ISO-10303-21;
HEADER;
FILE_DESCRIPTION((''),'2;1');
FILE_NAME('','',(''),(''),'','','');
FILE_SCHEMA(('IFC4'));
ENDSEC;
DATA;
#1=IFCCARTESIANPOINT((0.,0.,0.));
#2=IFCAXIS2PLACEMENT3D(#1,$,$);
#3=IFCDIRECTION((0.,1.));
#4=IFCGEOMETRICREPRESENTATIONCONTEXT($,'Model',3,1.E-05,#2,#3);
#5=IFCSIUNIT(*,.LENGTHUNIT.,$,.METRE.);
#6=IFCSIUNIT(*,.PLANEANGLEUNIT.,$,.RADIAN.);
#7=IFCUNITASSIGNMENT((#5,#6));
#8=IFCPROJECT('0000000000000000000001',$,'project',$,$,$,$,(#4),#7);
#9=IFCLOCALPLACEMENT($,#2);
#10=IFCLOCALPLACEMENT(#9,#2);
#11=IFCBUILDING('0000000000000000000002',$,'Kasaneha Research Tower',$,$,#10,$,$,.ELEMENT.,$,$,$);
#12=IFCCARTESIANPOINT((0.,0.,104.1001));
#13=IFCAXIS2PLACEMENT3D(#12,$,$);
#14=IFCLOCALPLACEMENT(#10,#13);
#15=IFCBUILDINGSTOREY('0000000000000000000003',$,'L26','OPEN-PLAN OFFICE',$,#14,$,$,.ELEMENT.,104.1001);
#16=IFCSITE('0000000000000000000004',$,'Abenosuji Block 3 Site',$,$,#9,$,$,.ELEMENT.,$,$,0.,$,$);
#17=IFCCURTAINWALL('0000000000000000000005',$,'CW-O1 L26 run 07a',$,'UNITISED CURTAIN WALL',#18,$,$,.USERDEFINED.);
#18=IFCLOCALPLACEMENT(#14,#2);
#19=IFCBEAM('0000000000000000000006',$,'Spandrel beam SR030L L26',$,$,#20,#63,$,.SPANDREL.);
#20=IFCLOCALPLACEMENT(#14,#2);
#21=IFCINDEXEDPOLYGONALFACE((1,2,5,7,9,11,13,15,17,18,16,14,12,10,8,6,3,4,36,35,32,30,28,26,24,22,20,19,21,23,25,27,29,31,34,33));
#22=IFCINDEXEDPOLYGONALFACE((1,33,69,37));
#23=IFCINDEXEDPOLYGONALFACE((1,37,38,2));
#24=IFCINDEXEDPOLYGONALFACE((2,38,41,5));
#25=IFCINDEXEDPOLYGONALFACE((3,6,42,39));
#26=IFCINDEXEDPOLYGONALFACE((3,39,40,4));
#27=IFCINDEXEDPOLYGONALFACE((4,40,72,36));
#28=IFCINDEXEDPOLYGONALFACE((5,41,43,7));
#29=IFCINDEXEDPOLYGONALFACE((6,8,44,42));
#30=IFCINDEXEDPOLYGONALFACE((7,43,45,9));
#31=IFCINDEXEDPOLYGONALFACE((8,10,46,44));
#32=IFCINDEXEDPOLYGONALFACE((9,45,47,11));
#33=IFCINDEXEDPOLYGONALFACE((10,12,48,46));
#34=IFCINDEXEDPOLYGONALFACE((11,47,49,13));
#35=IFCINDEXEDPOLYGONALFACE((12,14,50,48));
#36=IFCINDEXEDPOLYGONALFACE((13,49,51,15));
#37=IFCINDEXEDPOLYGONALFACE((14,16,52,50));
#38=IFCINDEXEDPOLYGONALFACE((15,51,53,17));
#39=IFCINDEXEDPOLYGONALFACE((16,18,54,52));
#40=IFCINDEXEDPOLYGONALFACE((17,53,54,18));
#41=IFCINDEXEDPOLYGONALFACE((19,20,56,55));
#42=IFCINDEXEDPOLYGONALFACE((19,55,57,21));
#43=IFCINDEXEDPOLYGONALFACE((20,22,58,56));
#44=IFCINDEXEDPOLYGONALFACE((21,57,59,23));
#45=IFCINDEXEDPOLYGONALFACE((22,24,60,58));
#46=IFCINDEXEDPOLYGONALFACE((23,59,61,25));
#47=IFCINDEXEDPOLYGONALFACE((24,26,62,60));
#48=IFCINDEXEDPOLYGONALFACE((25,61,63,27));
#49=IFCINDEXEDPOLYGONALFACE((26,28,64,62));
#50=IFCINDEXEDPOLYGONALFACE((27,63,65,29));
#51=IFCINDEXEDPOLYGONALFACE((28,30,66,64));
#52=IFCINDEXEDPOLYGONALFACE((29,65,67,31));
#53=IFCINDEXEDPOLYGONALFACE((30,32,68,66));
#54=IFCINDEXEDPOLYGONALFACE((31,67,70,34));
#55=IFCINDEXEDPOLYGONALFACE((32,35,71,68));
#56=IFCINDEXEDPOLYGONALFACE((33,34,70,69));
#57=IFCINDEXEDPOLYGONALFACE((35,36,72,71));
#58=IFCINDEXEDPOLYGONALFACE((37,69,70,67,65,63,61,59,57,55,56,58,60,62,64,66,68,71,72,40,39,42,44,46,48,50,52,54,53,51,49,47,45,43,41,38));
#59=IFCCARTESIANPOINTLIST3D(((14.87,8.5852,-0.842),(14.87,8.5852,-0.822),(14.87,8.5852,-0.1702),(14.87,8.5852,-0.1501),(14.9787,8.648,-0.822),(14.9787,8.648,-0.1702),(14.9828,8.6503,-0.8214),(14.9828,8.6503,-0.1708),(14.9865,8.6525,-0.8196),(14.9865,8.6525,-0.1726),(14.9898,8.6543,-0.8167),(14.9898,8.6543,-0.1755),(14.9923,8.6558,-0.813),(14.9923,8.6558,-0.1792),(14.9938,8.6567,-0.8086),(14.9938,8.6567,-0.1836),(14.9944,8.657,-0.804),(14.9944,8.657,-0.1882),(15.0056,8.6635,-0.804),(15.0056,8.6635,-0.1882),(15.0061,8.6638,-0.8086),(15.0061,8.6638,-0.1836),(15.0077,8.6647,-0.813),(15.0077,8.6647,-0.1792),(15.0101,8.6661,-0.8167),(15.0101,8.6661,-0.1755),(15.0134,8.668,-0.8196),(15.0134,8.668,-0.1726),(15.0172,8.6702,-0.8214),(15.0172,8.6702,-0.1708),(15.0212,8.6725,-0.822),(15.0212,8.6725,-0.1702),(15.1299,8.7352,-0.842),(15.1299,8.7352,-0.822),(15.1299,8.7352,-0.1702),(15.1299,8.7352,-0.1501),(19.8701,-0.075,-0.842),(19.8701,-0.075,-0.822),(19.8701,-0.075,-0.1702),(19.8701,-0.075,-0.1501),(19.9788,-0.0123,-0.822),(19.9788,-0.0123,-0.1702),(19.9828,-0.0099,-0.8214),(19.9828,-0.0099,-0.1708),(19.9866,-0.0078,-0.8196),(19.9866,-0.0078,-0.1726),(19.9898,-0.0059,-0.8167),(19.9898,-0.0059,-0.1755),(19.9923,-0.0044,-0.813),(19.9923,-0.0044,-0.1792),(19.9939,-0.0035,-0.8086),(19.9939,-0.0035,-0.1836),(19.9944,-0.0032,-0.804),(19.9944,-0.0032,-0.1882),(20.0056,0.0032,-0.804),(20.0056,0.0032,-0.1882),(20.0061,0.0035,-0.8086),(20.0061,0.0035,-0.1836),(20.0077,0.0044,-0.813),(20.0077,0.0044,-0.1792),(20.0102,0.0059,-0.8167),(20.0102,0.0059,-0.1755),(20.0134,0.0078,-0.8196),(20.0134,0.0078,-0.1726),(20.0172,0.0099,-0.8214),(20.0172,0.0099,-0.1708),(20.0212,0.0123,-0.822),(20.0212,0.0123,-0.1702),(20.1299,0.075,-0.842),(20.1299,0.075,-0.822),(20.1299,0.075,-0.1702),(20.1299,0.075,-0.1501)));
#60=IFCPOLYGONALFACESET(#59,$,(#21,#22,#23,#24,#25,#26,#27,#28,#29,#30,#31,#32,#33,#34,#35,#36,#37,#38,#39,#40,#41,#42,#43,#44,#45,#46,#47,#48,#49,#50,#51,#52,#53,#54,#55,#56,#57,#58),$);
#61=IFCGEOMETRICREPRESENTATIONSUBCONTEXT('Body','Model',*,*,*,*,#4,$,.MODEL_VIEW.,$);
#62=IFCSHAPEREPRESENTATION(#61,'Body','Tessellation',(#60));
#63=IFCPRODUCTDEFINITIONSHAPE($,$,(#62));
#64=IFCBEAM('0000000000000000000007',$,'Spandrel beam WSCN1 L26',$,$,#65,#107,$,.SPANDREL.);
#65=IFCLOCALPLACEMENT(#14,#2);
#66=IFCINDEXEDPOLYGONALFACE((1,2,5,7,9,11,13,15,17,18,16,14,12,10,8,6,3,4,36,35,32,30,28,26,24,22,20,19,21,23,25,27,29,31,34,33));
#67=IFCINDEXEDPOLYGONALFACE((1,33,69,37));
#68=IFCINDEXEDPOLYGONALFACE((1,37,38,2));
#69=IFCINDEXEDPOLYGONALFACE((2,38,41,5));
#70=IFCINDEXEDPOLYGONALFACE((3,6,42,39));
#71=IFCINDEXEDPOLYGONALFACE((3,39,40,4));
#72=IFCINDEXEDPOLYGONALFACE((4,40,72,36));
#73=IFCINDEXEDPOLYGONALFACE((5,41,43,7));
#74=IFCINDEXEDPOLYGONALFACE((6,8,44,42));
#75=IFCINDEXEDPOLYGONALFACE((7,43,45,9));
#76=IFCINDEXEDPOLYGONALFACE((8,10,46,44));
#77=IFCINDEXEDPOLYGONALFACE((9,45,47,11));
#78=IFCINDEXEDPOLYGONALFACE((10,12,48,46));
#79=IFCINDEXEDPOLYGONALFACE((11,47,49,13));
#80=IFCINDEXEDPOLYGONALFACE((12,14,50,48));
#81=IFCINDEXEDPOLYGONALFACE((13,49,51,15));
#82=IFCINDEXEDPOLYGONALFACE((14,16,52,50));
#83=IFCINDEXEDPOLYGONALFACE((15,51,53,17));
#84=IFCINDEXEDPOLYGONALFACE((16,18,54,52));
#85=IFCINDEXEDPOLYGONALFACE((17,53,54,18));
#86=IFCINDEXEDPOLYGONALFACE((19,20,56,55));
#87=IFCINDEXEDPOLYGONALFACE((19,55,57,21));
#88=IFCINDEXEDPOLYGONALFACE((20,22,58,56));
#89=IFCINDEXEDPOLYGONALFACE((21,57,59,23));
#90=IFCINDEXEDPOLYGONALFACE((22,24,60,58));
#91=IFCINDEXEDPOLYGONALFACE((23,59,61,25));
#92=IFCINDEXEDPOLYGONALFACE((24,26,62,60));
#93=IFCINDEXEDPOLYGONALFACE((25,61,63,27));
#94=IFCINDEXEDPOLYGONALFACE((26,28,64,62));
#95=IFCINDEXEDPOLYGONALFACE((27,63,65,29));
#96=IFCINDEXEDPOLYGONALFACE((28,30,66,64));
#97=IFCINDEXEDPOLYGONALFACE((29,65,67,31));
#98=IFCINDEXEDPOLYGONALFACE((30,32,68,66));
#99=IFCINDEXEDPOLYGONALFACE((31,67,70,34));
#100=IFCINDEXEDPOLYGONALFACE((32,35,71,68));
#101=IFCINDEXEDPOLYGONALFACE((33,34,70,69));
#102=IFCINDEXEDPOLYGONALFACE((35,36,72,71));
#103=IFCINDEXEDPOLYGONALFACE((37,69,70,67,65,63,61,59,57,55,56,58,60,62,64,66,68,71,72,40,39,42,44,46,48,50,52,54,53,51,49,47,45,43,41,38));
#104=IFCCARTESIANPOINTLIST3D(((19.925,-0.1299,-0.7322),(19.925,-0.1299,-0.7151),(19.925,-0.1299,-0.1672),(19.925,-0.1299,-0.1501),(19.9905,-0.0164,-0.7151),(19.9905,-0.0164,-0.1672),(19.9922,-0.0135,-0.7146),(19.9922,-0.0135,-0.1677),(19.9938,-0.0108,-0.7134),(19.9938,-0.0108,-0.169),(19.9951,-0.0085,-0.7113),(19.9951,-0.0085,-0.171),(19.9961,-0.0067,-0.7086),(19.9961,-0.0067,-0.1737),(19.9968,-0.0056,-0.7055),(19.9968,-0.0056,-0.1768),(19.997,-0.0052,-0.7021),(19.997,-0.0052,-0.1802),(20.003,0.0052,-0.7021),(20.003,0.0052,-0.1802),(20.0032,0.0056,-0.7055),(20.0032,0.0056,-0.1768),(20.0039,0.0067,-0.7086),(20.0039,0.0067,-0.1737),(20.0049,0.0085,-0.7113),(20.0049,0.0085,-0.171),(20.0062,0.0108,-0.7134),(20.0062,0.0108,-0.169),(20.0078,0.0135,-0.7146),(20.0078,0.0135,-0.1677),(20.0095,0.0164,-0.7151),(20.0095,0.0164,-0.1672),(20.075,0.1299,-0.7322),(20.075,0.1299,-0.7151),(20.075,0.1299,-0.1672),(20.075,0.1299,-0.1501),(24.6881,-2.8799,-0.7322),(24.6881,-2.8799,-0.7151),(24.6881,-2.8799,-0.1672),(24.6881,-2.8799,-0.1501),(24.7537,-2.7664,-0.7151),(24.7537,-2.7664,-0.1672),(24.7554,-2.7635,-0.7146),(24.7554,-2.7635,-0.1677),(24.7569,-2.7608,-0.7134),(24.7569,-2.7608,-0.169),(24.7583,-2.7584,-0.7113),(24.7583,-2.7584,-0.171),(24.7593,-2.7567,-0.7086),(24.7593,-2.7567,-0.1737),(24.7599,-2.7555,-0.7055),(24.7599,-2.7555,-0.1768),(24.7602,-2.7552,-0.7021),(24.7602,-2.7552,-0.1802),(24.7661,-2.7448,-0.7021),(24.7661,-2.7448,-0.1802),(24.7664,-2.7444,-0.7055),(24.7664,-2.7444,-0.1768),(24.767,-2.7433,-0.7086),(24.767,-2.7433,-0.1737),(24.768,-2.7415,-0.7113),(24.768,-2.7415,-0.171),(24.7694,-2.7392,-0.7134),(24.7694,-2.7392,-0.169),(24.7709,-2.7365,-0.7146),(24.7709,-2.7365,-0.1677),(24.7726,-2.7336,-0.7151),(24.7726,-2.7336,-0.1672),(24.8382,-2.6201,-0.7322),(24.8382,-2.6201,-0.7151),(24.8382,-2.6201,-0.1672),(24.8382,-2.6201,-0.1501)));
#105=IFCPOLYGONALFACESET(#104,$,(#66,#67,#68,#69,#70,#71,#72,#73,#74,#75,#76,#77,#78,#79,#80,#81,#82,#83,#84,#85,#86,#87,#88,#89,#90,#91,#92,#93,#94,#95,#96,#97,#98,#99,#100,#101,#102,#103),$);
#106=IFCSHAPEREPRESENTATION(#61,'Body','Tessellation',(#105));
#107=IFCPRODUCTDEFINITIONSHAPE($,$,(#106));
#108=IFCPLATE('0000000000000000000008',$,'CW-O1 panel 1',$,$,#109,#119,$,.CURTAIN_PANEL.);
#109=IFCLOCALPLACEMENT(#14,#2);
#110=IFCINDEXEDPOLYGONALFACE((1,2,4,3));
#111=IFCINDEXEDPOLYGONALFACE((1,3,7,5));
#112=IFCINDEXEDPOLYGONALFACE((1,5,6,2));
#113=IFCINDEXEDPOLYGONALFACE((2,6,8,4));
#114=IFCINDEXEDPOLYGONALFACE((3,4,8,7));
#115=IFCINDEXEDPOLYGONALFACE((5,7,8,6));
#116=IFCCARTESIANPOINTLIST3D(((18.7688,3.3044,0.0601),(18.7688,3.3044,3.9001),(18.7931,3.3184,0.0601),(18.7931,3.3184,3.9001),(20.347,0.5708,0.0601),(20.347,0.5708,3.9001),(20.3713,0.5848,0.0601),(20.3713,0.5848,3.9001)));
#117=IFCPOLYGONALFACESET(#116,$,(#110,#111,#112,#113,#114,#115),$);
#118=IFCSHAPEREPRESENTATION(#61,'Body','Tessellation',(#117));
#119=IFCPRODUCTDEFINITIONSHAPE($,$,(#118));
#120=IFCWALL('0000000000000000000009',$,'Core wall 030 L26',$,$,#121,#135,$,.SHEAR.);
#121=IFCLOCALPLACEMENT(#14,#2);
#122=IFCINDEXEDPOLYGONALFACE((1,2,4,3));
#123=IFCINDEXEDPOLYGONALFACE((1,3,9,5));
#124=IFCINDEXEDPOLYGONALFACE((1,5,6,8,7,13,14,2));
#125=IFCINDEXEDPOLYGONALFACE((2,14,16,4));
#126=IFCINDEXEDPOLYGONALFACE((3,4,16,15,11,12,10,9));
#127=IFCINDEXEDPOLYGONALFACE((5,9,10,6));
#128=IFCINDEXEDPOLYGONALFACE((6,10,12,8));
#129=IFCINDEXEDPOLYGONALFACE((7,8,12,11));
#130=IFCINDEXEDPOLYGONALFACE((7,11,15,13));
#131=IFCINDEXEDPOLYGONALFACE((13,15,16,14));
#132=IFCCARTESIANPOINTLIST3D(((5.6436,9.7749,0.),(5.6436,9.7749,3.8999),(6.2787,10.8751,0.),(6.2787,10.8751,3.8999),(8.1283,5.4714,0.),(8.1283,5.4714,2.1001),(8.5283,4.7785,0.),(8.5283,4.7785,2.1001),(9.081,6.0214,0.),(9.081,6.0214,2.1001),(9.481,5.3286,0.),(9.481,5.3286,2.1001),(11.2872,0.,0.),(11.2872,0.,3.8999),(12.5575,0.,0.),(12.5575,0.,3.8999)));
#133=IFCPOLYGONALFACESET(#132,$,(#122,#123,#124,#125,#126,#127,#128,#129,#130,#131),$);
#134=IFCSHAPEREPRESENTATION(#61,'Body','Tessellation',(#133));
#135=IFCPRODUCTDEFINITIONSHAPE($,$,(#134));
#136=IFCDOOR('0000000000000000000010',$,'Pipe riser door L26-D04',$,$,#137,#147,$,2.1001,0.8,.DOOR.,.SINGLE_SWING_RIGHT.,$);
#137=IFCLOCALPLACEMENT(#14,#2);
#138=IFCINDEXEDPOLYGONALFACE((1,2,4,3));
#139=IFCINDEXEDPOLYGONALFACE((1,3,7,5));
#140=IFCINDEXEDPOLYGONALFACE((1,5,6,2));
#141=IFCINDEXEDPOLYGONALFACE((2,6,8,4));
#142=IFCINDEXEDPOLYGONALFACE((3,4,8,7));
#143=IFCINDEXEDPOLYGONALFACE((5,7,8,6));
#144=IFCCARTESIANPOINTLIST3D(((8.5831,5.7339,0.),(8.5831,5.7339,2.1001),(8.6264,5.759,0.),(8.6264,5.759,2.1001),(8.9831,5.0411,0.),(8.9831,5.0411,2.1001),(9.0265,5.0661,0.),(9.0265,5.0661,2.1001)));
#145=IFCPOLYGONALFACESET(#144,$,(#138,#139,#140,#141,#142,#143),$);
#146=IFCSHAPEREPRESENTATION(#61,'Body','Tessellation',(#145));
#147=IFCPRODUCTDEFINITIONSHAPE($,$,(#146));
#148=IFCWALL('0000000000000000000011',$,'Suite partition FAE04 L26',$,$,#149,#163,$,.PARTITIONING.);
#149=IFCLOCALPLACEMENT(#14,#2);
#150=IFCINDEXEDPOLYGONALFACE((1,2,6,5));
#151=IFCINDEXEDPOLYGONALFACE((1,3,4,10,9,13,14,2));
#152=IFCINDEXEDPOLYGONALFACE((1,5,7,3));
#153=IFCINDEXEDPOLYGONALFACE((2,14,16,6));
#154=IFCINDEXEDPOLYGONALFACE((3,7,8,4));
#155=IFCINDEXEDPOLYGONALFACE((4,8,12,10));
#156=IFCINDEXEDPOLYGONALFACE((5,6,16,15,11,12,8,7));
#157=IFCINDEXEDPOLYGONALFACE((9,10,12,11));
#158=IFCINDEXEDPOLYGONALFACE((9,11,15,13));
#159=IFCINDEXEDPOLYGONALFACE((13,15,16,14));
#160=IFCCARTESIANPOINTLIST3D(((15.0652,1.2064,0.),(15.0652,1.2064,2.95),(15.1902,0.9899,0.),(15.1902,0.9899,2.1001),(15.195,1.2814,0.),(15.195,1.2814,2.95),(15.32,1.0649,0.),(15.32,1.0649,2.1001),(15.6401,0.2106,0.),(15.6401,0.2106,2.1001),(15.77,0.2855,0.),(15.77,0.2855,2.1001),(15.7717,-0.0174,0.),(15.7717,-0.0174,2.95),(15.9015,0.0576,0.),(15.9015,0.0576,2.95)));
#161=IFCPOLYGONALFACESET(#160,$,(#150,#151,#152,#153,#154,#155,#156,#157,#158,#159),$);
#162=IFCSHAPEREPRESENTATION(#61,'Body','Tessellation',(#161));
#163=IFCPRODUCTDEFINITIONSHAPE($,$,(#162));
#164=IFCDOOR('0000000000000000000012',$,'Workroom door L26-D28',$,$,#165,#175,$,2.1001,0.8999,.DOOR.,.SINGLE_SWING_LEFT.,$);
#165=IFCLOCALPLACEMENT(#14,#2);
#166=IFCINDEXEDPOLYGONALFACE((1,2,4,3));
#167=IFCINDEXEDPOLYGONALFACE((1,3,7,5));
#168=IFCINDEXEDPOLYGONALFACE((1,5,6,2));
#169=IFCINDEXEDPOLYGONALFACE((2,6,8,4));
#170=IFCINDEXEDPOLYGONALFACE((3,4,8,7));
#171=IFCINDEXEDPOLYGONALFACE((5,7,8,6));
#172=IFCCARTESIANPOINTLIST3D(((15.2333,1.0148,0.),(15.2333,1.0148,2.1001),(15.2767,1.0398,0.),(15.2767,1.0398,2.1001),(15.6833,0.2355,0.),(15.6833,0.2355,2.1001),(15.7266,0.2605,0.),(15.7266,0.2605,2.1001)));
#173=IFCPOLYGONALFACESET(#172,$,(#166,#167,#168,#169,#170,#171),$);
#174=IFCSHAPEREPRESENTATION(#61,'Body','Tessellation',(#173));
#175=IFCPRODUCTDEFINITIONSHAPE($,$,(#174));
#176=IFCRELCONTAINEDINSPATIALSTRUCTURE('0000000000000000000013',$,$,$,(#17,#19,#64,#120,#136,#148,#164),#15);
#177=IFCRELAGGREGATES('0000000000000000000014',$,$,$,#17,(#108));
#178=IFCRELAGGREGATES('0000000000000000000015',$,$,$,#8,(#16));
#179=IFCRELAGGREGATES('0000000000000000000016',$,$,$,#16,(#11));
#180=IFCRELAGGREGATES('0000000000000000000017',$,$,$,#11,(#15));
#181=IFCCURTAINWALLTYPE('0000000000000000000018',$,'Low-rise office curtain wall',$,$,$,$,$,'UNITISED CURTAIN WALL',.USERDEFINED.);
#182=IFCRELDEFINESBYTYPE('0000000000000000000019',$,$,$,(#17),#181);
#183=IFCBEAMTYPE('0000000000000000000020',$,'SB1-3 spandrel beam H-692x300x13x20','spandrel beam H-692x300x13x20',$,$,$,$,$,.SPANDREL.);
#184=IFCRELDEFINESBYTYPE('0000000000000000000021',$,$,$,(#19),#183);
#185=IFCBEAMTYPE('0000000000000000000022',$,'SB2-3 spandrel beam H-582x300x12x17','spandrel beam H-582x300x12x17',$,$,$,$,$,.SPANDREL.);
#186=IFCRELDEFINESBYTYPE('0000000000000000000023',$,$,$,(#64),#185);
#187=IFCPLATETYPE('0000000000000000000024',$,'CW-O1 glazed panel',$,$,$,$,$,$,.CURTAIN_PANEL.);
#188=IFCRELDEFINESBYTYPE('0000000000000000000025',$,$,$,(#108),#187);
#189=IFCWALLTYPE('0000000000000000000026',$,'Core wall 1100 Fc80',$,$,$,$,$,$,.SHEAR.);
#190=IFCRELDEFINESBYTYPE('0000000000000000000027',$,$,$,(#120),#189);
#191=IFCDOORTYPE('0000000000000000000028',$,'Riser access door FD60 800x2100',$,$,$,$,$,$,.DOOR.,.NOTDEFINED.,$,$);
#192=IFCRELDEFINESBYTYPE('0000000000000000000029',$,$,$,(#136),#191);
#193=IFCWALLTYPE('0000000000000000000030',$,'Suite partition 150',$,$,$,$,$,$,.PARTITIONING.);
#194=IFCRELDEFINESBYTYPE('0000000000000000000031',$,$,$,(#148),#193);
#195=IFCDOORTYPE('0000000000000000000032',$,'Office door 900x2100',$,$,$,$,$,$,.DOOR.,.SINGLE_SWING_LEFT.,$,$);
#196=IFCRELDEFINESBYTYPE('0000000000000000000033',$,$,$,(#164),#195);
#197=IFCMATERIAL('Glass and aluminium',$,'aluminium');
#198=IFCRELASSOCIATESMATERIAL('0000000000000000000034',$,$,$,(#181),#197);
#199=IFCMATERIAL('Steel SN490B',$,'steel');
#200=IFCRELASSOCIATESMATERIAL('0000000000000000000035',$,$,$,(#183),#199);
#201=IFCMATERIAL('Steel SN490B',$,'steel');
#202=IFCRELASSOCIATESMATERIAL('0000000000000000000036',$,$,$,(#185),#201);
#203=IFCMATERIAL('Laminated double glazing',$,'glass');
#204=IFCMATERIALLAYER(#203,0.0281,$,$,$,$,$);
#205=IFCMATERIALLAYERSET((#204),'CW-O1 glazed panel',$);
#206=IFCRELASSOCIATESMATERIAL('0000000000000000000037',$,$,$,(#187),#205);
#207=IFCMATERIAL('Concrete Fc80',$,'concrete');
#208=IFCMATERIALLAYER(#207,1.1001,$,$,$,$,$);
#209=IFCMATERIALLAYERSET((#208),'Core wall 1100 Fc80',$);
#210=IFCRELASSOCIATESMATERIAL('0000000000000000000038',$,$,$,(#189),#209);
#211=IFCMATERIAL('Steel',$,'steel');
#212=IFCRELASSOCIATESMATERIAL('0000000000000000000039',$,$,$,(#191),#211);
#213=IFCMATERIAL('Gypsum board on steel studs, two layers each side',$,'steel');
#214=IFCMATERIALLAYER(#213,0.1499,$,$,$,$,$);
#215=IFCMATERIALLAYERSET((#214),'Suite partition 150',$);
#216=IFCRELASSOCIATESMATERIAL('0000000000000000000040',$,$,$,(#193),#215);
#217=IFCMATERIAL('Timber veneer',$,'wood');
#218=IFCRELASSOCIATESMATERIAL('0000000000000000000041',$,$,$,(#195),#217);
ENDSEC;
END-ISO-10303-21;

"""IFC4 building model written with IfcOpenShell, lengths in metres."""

from ifc_helpers import new_model, si_unit, direction, frame, frame_2d, origin, origin_2d, place, context, subcontext, project, spatial, polyline, rectangle, i_section, outline, extrude, material, layer, layer_set, material_profile, profile_set, type_object, element, fill, aggregate, save


model = new_model("IFC4")

# Units and contexts
model_context = context("Model", 3, precision=1e-05, world=origin(), true_north=direction((0.0, 1.0)))
body_context = subcontext(model_context, "Body", "Model", "MODEL_VIEW")
ifc_project = project(units=[si_unit("LENGTHUNIT", "METRE"), si_unit("PLANEANGLEUNIT", "RADIAN")], contexts=[model_context])

# Site, building, storey
site_placement = place(None, origin())
site = spatial("IfcSite", under=ifc_project, at=site_placement, Name="Abenosuji Block 3 Site", CompositionType="ELEMENT", RefElevation=0.0)
building_placement = place(site_placement, origin())
building = spatial("IfcBuilding", under=site, at=building_placement, Name="Kasaneha Research Tower", CompositionType="ELEMENT")
storey_placement = place(building_placement, frame((0.0, 0.0, 104.1001)))
storey = spatial("IfcBuildingStorey", under=building, at=storey_placement, Name="L26", Description="OPEN-PLAN OFFICE", CompositionType="ELEMENT", Elevation=104.1001)

# Shared definitions
ifc_material_1 = material(Name="Glass and aluminium", Category="aluminium")
curtain_wall_type = type_object("IfcCurtainWallType", Name="Low-rise office curtain wall", ElementType="UNITISED CURTAIN WALL", PredefinedType="USERDEFINED", material=ifc_material_1)

# Curtain wall
curtain_wall_1_placement = place(storey_placement, origin())
curtain_wall_1 = element("IfcCurtainWall", 1, at=curtain_wall_1_placement, inside=storey, type_object=curtain_wall_type, Name="CW-O1 L26 run 07a", ObjectType="UNITISED CURTAIN WALL", PredefinedType="USERDEFINED")

# Beams
ifc_material_2 = material(Name="Steel SN490B", Category="steel")
ifc_material_profile_1 = material_profile(ifc_material_2, i_section(OverallWidth=0.3, OverallDepth=0.6919, WebThickness=0.0129, FlangeThickness=0.02, FilletRadius=0.0181, at=origin_2d()), Name="H-692x300x13x20")
ifc_profile_set_1 = profile_set([ifc_material_profile_1], Name="Steel SN490B")
beam_type_1 = type_object("IfcBeamType", Name="SB1-3 spandrel beam H-692x300x13x20", Description="spandrel beam H-692x300x13x20", PredefinedType="SPANDREL", material=ifc_profile_set_1)
beam_1_placement = place(storey_placement, frame((20.0, 0.0, -0.4961), z_axis=(-0.500004, 0.866023, 0.0), x_axis=(-0.866023, -0.500004, 0.0)))
element("IfcBeam", 2, at=beam_1_placement, inside=storey, type_object=beam_type_1, Name="Spandrel beam SR030L L26", PredefinedType="SPANDREL", context=body_context, shape_type="SweptSolid", body=[
    extrude(i_section(OverallWidth=0.3, OverallDepth=0.6919, WebThickness=0.0129, FlangeThickness=0.02, FilletRadius=0.0181, at=origin_2d()), origin(), (0.0, 0.0, 1.0), 10.0),
])
ifc_material_3 = material(Name="Steel SN490B", Category="steel")
ifc_material_profile_2 = material_profile(ifc_material_3, i_section(OverallWidth=0.3, OverallDepth=0.582, WebThickness=0.012, FlangeThickness=0.0171, FilletRadius=0.0129, at=origin_2d()), Name="H-582x300x12x17")
ifc_profile_set_2 = profile_set([ifc_material_profile_2], Name="Steel SN490B")
beam_type_2 = type_object("IfcBeamType", Name="SB2-3 spandrel beam H-582x300x12x17", Description="spandrel beam H-582x300x12x17", PredefinedType="SPANDREL", material=ifc_profile_set_2)
beam_2_placement = place(storey_placement, frame((20.0, 0.0, -0.4412), z_axis=(0.866027, -0.499997, 0.0), x_axis=(0.499997, 0.866027, 0.0)))
element("IfcBeam", 3, at=beam_2_placement, inside=storey, type_object=beam_type_2, Name="Spandrel beam WSCN1 L26", PredefinedType="SPANDREL", context=body_context, shape_type="SweptSolid", body=[
    extrude(i_section(OverallWidth=0.3, OverallDepth=0.582, WebThickness=0.012, FlangeThickness=0.0171, FilletRadius=0.0129, at=origin_2d()), origin(), (0.0, 0.0, 1.0), 5.5),
])

# Plate
ifc_material_4 = material(Name="Laminated double glazing", Category="glass")
ifc_layer_1 = layer(ifc_material_4, 0.0281)
ifc_layer_set_1 = layer_set([ifc_layer_1], Name="CW-O1 glazed panel")
plate_type = type_object("IfcPlateType", Name="CW-O1 glazed panel", PredefinedType="CURTAIN_PANEL", material=ifc_layer_set_1)
plate_placement = place(storey_placement, frame((19.5701, 1.9446, 0.0601), z_axis=(0.0, 0.0, 1.0), x_axis=(-0.5, 0.866025, 0.0)))
plate = element("IfcPlate", 4, at=plate_placement, type_object=plate_type, Name="CW-O1 panel 1", PredefinedType="CURTAIN_PANEL", context=body_context, shape_type="SweptSolid", body=[
    extrude(rectangle(XDim=3.1565, YDim=0.0281, at=origin_2d()), origin(), (0.0, 0.0, 1.0), 3.8401),
])
aggregate(curtain_wall_1, [plate])

# Walls, openings, doors
ifc_material_5 = material(Name="Concrete Fc80", Category="concrete")
ifc_layer_2 = layer(ifc_material_5, 1.1001)
ifc_layer_set_2 = layer_set([ifc_layer_2], Name="Core wall 1100 Fc80")
wall_type_1 = type_object("IfcWallType", Name="Core wall 1100 Fc80", PredefinedType="SHEAR", material=ifc_layer_set_2)
wall_1_placement = place(storey_placement, frame((11.9224, 0.0, 0.0), z_axis=(0.0, 0.0, 1.0), x_axis=(-0.500004, 0.866023, 0.0)))
wall_1 = element("IfcWall", 5, at=wall_1_placement, inside=storey, type_object=wall_type_1, Name="Core wall 030 L26", PredefinedType="SHEAR", context=body_context, shape_type="SweptSolid", body=[
    extrude(outline(polyline([(-0.3176, -0.55), (5.8354, -0.55), (6.6355, -0.55), (12.24, -0.55), (11.6047, 0.55), (6.6355, 0.55), (5.8354, 0.55), (0.3176, 0.55), (-0.3176, -0.55)])), origin(), (0.0, 0.0, 1.0), 3.8999),
])
opening_1_placement = place(wall_1_placement, frame((5.8354, 0.0, 0.0)))
opening_1 = element("IfcOpeningElement", 6, at=opening_1_placement, cuts=wall_1, PredefinedType="OPENING", context=body_context, shape_type="SweptSolid", body=[
    extrude(rectangle(XDim=0.8, YDim=2.1001, at=frame_2d((0.3999, 1.05))), frame((0.0, 0.5601, 0.0), z_axis=(0.0, -1.0, 0.0), x_axis=(1.0, 0.0, 0.0)), (0.0, 0.0, 1.0), 1.1201),
])
ifc_material_6 = material(Name="Steel", Category="steel")
door_type_1 = type_object("IfcDoorType", Name="Riser access door FD60 800x2100", OperationType="NOTDEFINED", PredefinedType="DOOR", material=ifc_material_6)
door_1_placement = place(opening_1_placement, origin())
door_1 = element("IfcDoor", 7, at=door_1_placement, inside=storey, type_object=door_type_1, Name="Pipe riser door L26-D04", OperationType="SINGLE_SWING_RIGHT", OverallHeight=2.1001, OverallWidth=0.8, PredefinedType="DOOR", context=body_context, shape_type="SweptSolid", body=[
    extrude(rectangle(XDim=0.8, YDim=2.1001, at=frame_2d((0.3999, 1.05))), frame((0.0, 0.0249, 0.0), z_axis=(0.0, -1.0, 0.0), x_axis=(1.0, 0.0, 0.0)), (0.0, 0.0, 1.0), 0.05),
])
fill(opening_1, door_1)
ifc_material_7 = material(Name="Gypsum board on steel studs, two layers each side", Category="steel")
ifc_layer_3 = layer(ifc_material_7, 0.1499)
ifc_layer_set_3 = layer_set([ifc_layer_3], Name="Suite partition 150")
wall_type_2 = type_object("IfcWallType", Name="Suite partition 150", PredefinedType="PARTITIONING", material=ifc_layer_set_3)
wall_2_placement = place(storey_placement, frame((15.1301, 1.2439, 0.0), z_axis=(0.0, 0.0, 1.0), x_axis=(0.499967, -0.866045, 0.0)))
wall_2 = element("IfcWall", 8, at=wall_2_placement, inside=storey, type_object=wall_type_2, Name="Suite partition FAE04 L26", PredefinedType="PARTITIONING", context=body_context, shape_type="SweptSolid", body=[
    extrude(rectangle(XDim=1.4131, YDim=0.1499, at=frame_2d((0.7065, 0.0))), origin(), (0.0, 0.0, 1.0), 2.95),
])
opening_2_placement = place(wall_2_placement, frame((0.25, 0.0, 0.0)))
opening_2 = element("IfcOpeningElement", 9, at=opening_2_placement, cuts=wall_2, PredefinedType="OPENING", context=body_context, shape_type="SweptSolid", body=[
    extrude(rectangle(XDim=0.8999, YDim=2.1001, at=frame_2d((0.45, 1.05))), frame((0.0, 0.085, 0.0), z_axis=(0.0, -1.0, 0.0), x_axis=(1.0, 0.0, 0.0)), (0.0, 0.0, 1.0), 0.1699),
])
ifc_material_8 = material(Name="Timber veneer", Category="wood")
door_type_2 = type_object("IfcDoorType", Name="Office door 900x2100", OperationType="SINGLE_SWING_LEFT", PredefinedType="DOOR", material=ifc_material_8)
door_2_placement = place(opening_2_placement, origin())
door_2 = element("IfcDoor", 10, at=door_2_placement, inside=storey, type_object=door_type_2, Name="Workroom door L26-D28", OperationType="SINGLE_SWING_LEFT", OverallHeight=2.1001, OverallWidth=0.8999, PredefinedType="DOOR", context=body_context, shape_type="SweptSolid", body=[
    extrude(rectangle(XDim=0.8999, YDim=2.1001, at=frame_2d((0.45, 1.05))), frame((0.0, 0.0249, 0.0), z_axis=(0.0, -1.0, 0.0), x_axis=(1.0, 0.0, 0.0)), (0.0, 0.0, 1.0), 0.05),
])
fill(opening_2, door_2)

save(model, "model.ifc")
